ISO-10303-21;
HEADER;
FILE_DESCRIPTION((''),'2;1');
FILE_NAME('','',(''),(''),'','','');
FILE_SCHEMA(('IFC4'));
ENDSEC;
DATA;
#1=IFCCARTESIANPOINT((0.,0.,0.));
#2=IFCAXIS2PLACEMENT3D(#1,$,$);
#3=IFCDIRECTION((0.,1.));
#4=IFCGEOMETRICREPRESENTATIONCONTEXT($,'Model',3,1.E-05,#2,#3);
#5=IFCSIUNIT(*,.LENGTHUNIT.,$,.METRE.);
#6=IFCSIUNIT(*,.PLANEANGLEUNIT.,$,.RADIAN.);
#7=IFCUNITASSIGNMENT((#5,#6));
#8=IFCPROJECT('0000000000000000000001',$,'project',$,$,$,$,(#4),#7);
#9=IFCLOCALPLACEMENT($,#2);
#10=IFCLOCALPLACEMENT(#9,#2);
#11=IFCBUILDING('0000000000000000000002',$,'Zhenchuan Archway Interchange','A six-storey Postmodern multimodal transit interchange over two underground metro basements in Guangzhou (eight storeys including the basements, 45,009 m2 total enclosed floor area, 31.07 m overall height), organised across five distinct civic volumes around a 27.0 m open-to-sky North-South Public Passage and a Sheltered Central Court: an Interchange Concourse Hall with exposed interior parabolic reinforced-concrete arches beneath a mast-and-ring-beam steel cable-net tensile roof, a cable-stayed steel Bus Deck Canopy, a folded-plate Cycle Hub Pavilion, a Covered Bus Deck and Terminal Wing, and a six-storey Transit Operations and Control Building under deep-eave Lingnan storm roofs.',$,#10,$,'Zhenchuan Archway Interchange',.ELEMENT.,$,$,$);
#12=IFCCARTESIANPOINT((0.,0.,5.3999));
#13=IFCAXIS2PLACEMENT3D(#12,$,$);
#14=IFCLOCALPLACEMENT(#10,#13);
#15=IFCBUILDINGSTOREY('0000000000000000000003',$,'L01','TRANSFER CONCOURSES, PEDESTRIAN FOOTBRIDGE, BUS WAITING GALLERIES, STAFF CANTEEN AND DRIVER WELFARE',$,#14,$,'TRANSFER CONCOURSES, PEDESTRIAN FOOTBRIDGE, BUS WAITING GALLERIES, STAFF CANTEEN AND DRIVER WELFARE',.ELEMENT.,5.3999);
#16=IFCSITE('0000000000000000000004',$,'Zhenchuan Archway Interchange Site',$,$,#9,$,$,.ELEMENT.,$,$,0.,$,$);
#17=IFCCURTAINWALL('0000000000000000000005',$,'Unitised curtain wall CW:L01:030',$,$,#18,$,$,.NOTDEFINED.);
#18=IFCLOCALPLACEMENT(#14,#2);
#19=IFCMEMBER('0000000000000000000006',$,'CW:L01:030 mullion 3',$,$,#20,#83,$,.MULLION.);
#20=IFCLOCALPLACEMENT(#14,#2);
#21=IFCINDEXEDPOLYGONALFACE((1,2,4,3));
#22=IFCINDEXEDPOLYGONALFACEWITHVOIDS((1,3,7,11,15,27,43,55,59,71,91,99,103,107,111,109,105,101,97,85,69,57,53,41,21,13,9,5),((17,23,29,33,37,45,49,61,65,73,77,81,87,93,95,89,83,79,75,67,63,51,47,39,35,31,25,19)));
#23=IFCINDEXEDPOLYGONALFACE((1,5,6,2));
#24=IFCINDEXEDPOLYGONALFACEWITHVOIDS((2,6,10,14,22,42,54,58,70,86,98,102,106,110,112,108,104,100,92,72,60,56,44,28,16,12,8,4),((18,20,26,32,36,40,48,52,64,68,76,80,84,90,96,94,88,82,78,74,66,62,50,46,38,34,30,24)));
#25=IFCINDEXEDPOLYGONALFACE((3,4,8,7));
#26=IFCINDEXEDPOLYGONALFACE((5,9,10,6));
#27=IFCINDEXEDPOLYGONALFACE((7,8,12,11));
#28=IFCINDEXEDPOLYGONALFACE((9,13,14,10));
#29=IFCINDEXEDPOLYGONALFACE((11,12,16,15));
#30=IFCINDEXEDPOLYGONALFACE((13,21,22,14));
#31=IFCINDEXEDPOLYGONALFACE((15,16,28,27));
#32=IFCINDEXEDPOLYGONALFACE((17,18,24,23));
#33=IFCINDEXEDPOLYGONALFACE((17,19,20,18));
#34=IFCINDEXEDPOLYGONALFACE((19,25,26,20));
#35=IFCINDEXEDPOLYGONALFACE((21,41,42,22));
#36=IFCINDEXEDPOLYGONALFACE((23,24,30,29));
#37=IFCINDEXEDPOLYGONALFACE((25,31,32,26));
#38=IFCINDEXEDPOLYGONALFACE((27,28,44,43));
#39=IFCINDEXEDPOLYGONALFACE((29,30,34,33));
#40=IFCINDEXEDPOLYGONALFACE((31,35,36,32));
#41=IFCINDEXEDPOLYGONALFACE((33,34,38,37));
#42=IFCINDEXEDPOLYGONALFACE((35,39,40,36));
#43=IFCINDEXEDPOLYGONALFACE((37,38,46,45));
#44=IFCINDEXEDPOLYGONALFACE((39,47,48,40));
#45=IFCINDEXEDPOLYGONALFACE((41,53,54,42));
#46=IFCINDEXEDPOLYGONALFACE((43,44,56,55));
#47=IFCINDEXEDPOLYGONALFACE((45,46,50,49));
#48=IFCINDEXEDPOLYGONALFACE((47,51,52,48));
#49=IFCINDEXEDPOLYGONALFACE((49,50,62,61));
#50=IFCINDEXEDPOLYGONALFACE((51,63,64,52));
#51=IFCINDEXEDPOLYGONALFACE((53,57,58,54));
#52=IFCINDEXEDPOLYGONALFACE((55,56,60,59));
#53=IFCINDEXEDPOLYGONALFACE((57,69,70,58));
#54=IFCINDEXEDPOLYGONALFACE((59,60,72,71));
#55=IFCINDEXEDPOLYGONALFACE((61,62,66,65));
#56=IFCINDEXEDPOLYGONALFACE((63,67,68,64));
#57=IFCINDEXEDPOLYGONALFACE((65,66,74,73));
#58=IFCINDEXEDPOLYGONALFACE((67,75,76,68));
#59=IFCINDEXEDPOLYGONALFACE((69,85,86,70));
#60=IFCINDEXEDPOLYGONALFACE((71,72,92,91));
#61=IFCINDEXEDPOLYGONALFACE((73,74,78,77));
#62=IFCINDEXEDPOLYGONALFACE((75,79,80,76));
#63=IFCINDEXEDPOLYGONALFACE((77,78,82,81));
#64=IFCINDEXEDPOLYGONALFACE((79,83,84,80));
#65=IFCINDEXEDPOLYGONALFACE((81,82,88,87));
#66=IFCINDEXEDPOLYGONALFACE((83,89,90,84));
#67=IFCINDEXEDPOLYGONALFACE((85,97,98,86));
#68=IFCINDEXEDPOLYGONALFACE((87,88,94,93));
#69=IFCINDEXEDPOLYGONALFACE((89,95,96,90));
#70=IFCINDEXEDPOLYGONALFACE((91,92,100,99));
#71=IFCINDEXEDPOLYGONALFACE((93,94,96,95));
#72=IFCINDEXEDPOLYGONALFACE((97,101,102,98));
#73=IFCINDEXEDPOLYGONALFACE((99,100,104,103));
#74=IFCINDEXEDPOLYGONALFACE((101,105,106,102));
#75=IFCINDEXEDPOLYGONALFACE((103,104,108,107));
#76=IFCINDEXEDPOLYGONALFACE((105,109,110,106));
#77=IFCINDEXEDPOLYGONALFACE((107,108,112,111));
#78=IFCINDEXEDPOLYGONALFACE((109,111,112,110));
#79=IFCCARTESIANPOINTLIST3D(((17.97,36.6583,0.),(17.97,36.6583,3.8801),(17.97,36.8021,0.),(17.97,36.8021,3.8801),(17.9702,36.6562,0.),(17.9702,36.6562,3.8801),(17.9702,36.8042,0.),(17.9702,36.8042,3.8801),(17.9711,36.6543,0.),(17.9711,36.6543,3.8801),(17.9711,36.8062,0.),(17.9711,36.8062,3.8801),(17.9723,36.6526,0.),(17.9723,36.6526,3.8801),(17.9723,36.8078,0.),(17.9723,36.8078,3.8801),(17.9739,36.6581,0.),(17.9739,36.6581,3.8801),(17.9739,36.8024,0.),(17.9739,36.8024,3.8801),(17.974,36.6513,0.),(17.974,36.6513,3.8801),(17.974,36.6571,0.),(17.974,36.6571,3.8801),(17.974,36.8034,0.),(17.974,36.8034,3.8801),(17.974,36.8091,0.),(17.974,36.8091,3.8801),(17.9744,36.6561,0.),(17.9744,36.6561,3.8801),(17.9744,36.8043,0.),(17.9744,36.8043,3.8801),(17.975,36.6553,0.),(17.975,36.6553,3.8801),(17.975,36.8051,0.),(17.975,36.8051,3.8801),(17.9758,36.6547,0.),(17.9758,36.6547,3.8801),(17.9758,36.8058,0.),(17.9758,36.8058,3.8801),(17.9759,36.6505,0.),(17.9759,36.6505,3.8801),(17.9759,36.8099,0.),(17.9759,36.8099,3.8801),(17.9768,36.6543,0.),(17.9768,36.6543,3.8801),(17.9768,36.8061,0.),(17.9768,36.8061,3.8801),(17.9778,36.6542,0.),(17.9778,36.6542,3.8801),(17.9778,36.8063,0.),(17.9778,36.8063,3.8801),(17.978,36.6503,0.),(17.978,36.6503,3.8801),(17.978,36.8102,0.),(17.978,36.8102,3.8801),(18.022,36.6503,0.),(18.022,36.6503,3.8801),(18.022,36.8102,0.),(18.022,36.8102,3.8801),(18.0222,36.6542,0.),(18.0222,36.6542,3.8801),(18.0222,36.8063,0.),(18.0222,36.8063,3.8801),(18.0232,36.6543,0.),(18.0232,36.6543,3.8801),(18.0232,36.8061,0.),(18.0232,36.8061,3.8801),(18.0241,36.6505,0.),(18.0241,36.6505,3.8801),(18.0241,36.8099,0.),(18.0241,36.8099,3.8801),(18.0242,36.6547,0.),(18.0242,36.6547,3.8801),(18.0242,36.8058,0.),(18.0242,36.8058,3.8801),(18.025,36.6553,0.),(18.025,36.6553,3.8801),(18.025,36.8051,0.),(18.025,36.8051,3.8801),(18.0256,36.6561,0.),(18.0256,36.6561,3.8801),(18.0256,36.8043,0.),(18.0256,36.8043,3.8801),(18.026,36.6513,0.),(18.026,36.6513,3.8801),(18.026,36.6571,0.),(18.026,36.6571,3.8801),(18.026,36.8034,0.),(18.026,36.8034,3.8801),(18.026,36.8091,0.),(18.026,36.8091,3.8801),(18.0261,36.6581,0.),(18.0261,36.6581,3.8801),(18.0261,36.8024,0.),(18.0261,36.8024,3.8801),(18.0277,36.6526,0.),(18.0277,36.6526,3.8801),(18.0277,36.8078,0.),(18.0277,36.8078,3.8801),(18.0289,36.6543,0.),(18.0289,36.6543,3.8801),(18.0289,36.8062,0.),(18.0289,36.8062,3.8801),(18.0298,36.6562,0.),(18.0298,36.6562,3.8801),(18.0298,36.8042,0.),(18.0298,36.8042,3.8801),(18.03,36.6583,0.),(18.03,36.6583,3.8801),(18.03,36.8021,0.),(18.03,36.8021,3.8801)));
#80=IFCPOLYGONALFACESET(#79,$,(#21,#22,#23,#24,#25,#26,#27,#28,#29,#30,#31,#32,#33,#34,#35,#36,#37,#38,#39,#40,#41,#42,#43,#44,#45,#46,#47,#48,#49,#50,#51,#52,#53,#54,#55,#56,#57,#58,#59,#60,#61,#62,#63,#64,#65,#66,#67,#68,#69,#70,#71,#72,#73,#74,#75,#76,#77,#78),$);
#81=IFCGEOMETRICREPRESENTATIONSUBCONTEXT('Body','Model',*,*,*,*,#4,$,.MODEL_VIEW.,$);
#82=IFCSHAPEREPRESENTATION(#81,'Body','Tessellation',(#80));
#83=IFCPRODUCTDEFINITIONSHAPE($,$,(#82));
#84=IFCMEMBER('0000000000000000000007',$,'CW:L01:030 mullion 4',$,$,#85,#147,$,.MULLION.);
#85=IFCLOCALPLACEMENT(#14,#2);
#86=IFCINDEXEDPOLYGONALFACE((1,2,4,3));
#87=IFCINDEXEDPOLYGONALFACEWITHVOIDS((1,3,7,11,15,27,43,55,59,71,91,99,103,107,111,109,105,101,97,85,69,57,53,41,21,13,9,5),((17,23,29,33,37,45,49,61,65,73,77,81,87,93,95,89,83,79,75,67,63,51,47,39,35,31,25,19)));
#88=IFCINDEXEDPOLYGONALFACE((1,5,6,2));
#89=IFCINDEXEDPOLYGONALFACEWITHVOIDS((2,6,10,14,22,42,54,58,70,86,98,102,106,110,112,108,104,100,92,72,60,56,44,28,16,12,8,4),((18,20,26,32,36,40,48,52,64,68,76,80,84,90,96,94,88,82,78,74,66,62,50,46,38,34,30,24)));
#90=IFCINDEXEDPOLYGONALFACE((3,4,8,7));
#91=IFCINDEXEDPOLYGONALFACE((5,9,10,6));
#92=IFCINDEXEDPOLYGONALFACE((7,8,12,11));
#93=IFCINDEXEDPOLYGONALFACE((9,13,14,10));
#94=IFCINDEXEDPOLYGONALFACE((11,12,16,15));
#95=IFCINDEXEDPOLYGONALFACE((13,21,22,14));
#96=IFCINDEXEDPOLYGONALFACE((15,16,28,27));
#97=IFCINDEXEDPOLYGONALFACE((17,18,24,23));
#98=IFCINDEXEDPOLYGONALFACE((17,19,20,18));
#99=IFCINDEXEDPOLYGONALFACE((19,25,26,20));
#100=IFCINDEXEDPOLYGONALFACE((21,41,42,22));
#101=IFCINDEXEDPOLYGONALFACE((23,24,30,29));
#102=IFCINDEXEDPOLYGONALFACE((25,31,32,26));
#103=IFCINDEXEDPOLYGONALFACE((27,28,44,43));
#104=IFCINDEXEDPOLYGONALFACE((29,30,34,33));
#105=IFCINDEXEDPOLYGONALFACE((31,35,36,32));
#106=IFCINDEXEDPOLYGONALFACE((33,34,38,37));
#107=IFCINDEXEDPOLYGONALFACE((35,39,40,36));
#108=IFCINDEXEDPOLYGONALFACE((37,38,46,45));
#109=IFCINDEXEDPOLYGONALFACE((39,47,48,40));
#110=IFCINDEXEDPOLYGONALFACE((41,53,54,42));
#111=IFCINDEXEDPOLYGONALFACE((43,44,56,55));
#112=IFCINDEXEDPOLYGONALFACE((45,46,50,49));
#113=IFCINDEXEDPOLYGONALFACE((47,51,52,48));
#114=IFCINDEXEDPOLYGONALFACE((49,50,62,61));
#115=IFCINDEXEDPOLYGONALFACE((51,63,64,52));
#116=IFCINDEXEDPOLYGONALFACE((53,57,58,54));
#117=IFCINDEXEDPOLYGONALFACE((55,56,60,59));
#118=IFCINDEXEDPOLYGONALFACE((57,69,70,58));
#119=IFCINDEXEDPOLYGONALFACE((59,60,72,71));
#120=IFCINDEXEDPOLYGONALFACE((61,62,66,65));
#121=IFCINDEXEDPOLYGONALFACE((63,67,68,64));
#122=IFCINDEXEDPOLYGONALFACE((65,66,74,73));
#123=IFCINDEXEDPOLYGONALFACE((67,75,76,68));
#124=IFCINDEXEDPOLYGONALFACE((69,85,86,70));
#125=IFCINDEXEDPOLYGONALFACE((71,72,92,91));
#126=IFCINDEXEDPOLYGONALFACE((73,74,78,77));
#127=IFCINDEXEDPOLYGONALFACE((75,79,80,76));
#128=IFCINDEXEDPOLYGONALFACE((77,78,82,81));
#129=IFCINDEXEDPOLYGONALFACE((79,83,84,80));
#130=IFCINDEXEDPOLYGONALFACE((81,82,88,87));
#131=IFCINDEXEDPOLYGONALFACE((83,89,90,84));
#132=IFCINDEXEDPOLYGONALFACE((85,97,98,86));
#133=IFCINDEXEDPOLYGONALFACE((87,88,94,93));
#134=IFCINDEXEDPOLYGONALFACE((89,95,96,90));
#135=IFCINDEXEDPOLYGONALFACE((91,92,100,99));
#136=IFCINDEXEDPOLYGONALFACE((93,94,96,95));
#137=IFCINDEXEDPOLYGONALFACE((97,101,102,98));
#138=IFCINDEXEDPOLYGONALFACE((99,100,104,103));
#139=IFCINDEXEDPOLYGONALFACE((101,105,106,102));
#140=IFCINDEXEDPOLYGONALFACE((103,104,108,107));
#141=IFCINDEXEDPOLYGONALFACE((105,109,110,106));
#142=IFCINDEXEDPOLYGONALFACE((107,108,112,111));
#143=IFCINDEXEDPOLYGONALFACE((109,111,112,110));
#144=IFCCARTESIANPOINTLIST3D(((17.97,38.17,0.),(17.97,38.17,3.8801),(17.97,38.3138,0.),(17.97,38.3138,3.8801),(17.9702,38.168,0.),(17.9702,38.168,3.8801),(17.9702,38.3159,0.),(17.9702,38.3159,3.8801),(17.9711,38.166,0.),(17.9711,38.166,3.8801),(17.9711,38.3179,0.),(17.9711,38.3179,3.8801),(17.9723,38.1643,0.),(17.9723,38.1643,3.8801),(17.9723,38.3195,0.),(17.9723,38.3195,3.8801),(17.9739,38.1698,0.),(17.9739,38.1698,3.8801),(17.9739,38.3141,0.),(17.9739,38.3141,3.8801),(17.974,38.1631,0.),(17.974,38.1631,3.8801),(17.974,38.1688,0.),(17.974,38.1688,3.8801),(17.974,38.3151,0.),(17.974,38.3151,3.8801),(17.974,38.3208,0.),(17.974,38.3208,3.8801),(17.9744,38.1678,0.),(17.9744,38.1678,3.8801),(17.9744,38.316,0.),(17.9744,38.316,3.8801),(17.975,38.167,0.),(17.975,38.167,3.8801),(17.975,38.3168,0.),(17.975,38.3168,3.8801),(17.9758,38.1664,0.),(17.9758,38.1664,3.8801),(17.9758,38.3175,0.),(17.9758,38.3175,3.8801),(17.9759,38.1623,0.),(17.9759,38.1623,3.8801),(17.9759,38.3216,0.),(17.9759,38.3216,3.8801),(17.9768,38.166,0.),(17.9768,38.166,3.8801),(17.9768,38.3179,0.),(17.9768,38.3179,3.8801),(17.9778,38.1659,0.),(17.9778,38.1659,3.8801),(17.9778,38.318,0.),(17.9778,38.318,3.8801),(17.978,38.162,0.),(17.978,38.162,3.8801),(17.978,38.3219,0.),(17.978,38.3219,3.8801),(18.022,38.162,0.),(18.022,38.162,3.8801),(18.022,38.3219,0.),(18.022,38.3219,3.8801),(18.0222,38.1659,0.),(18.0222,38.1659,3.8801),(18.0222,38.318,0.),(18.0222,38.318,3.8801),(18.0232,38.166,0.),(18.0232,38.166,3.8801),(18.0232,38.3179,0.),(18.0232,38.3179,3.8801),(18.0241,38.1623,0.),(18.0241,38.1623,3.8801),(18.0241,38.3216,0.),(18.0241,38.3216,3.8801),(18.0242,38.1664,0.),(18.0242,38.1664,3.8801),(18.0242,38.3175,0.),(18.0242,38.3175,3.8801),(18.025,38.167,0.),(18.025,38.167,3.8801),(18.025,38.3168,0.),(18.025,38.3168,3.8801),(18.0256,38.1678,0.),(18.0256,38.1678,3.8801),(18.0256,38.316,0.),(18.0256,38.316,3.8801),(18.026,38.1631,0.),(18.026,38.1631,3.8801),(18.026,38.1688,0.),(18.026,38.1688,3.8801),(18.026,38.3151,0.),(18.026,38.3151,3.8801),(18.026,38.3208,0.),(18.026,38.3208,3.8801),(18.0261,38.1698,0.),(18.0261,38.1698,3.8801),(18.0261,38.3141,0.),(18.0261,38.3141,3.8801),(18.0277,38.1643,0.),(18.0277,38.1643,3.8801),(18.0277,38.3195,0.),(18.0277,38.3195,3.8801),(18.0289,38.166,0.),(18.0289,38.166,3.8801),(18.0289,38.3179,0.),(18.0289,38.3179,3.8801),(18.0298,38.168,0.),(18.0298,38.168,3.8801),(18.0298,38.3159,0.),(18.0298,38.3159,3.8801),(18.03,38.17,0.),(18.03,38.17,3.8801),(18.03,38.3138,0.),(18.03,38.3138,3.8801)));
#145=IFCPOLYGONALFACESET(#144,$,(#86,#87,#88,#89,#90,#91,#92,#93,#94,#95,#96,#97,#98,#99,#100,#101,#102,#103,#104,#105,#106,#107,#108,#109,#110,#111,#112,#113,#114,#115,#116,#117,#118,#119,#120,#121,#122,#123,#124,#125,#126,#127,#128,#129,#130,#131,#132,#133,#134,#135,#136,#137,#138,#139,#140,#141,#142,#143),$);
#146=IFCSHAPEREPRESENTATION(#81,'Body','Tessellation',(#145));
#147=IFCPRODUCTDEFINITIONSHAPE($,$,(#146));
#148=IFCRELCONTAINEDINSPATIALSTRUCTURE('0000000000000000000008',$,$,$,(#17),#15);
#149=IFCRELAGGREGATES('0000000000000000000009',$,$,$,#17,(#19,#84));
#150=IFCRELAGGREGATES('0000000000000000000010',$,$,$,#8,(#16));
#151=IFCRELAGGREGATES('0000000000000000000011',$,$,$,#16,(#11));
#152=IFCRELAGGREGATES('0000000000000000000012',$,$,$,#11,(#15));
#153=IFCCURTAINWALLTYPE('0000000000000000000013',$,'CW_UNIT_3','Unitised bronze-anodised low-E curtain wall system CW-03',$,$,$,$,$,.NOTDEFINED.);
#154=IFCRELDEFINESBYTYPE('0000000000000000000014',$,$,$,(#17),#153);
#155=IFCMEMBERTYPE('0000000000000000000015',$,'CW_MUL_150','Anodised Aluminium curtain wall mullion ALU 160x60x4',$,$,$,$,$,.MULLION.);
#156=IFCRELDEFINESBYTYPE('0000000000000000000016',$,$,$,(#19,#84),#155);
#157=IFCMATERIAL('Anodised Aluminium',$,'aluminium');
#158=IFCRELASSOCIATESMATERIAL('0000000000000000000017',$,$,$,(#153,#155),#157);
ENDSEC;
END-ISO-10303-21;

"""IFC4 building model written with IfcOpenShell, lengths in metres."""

from ifc_helpers import new_model, si_unit, direction, frame, origin, origin_2d, place, context, subcontext, project, spatial, hollow_rectangle, extrude, material, material_profile, profile_set, type_object, element, aggregate, save


model = new_model("IFC4")

# Units and contexts
model_context = context("Model", 3, precision=1e-05, world=origin(), true_north=direction((0.0, 1.0)))
body_context = subcontext(model_context, "Body", "Model", "MODEL_VIEW")
ifc_project = project(units=[si_unit("LENGTHUNIT", "METRE"), si_unit("PLANEANGLEUNIT", "RADIAN")], contexts=[model_context])

# Site, building, storey
site_placement = place(None, origin())
site = spatial("IfcSite", under=ifc_project, at=site_placement, Name="Zhenchuan Archway Interchange Site", CompositionType="ELEMENT", RefElevation=0.0)
building_placement = place(site_placement, origin())
building = spatial("IfcBuilding", under=site, at=building_placement, Name="Zhenchuan Archway Interchange", Description="A six-storey Postmodern multimodal transit interchange over two underground metro basements in Guangzhou (eight storeys including the basements, 45,009 m2 total enclosed floor area, 31.07 m overall height), organised across five distinct civic volumes around a 27.0 m open-to-sky North-South Public Passage and a Sheltered Central Court: an Interchange Concourse Hall with exposed interior parabolic reinforced-concrete arches beneath a mast-and-ring-beam steel cable-net tensile roof, a cable-stayed steel Bus Deck Canopy, a folded-plate Cycle Hub Pavilion, a Covered Bus Deck and Terminal Wing, and a six-storey Transit Operations and Control Building under deep-eave Lingnan storm roofs.", LongName="Zhenchuan Archway Interchange", CompositionType="ELEMENT")
storey_placement = place(building_placement, frame((0.0, 0.0, 5.3999)))
storey = spatial("IfcBuildingStorey", under=building, at=storey_placement, Name="L01", Description="TRANSFER CONCOURSES, PEDESTRIAN FOOTBRIDGE, BUS WAITING GALLERIES, STAFF CANTEEN AND DRIVER WELFARE", LongName="TRANSFER CONCOURSES, PEDESTRIAN FOOTBRIDGE, BUS WAITING GALLERIES, STAFF CANTEEN AND DRIVER WELFARE", CompositionType="ELEMENT", Elevation=5.3999)

# Curtain wall, members
ifc_material_1 = material(Name="Anodised Aluminium", Category="aluminium")
curtain_wall_type_1 = type_object("IfcCurtainWallType", Name="CW_UNIT_3", Description="Unitised bronze-anodised low-E curtain wall system CW-03", PredefinedType="NOTDEFINED", material=ifc_material_1)
curtain_wall_1_placement = place(storey_placement, origin())
curtain_wall_1 = element("IfcCurtainWall", 1, at=curtain_wall_1_placement, inside=storey, type_object=curtain_wall_type_1, Name="Unitised curtain wall CW:L01:030", PredefinedType="NOTDEFINED")
ifc_material_profile_1 = material_profile(ifc_material_1, hollow_rectangle(XDim=0.0601, YDim=0.1599, WallThickness=0.0039, InnerFilletRadius=0.0039, OuterFilletRadius=0.0081, at=origin_2d()), Name="ALU 160x60x4")
ifc_profile_set_1 = profile_set([ifc_material_profile_1], Name="Anodised Aluminium")
member_type_1 = type_object("IfcMemberType", Name="CW_MUL_150", Description="Anodised Aluminium curtain wall mullion ALU 160x60x4", PredefinedType="MULLION", material=ifc_profile_set_1)
member_1_placement = place(storey_placement, frame((18.0, 36.7302, 0.0), z_axis=(0.0, 0.0, 1.0), x_axis=(1.0, 0.0, 0.0)))
member_1 = element("IfcMember", 2, at=member_1_placement, type_object=member_type_1, Name="CW:L01:030 mullion 3", PredefinedType="MULLION", context=body_context, shape_type="SweptSolid", body=[
    extrude(hollow_rectangle(XDim=0.0601, YDim=0.1599, WallThickness=0.0039, InnerFilletRadius=0.0039, OuterFilletRadius=0.0081, at=origin_2d()), origin(), (0.0, 0.0, 1.0), 3.8801),
])
member_2_placement = place(storey_placement, frame((18.0, 38.2419, 0.0), z_axis=(0.0, 0.0, 1.0), x_axis=(1.0, 0.0, 0.0)))
member_2 = element("IfcMember", 3, at=member_2_placement, type_object=member_type_1, Name="CW:L01:030 mullion 4", PredefinedType="MULLION", context=body_context, shape_type="SweptSolid", body=[
    extrude(hollow_rectangle(XDim=0.0601, YDim=0.1599, WallThickness=0.0039, InnerFilletRadius=0.0039, OuterFilletRadius=0.0081, at=origin_2d()), origin(), (0.0, 0.0, 1.0), 3.8801),
])

aggregate(curtain_wall_1, [member_1, member_2])

save(model, "model.ifc")
